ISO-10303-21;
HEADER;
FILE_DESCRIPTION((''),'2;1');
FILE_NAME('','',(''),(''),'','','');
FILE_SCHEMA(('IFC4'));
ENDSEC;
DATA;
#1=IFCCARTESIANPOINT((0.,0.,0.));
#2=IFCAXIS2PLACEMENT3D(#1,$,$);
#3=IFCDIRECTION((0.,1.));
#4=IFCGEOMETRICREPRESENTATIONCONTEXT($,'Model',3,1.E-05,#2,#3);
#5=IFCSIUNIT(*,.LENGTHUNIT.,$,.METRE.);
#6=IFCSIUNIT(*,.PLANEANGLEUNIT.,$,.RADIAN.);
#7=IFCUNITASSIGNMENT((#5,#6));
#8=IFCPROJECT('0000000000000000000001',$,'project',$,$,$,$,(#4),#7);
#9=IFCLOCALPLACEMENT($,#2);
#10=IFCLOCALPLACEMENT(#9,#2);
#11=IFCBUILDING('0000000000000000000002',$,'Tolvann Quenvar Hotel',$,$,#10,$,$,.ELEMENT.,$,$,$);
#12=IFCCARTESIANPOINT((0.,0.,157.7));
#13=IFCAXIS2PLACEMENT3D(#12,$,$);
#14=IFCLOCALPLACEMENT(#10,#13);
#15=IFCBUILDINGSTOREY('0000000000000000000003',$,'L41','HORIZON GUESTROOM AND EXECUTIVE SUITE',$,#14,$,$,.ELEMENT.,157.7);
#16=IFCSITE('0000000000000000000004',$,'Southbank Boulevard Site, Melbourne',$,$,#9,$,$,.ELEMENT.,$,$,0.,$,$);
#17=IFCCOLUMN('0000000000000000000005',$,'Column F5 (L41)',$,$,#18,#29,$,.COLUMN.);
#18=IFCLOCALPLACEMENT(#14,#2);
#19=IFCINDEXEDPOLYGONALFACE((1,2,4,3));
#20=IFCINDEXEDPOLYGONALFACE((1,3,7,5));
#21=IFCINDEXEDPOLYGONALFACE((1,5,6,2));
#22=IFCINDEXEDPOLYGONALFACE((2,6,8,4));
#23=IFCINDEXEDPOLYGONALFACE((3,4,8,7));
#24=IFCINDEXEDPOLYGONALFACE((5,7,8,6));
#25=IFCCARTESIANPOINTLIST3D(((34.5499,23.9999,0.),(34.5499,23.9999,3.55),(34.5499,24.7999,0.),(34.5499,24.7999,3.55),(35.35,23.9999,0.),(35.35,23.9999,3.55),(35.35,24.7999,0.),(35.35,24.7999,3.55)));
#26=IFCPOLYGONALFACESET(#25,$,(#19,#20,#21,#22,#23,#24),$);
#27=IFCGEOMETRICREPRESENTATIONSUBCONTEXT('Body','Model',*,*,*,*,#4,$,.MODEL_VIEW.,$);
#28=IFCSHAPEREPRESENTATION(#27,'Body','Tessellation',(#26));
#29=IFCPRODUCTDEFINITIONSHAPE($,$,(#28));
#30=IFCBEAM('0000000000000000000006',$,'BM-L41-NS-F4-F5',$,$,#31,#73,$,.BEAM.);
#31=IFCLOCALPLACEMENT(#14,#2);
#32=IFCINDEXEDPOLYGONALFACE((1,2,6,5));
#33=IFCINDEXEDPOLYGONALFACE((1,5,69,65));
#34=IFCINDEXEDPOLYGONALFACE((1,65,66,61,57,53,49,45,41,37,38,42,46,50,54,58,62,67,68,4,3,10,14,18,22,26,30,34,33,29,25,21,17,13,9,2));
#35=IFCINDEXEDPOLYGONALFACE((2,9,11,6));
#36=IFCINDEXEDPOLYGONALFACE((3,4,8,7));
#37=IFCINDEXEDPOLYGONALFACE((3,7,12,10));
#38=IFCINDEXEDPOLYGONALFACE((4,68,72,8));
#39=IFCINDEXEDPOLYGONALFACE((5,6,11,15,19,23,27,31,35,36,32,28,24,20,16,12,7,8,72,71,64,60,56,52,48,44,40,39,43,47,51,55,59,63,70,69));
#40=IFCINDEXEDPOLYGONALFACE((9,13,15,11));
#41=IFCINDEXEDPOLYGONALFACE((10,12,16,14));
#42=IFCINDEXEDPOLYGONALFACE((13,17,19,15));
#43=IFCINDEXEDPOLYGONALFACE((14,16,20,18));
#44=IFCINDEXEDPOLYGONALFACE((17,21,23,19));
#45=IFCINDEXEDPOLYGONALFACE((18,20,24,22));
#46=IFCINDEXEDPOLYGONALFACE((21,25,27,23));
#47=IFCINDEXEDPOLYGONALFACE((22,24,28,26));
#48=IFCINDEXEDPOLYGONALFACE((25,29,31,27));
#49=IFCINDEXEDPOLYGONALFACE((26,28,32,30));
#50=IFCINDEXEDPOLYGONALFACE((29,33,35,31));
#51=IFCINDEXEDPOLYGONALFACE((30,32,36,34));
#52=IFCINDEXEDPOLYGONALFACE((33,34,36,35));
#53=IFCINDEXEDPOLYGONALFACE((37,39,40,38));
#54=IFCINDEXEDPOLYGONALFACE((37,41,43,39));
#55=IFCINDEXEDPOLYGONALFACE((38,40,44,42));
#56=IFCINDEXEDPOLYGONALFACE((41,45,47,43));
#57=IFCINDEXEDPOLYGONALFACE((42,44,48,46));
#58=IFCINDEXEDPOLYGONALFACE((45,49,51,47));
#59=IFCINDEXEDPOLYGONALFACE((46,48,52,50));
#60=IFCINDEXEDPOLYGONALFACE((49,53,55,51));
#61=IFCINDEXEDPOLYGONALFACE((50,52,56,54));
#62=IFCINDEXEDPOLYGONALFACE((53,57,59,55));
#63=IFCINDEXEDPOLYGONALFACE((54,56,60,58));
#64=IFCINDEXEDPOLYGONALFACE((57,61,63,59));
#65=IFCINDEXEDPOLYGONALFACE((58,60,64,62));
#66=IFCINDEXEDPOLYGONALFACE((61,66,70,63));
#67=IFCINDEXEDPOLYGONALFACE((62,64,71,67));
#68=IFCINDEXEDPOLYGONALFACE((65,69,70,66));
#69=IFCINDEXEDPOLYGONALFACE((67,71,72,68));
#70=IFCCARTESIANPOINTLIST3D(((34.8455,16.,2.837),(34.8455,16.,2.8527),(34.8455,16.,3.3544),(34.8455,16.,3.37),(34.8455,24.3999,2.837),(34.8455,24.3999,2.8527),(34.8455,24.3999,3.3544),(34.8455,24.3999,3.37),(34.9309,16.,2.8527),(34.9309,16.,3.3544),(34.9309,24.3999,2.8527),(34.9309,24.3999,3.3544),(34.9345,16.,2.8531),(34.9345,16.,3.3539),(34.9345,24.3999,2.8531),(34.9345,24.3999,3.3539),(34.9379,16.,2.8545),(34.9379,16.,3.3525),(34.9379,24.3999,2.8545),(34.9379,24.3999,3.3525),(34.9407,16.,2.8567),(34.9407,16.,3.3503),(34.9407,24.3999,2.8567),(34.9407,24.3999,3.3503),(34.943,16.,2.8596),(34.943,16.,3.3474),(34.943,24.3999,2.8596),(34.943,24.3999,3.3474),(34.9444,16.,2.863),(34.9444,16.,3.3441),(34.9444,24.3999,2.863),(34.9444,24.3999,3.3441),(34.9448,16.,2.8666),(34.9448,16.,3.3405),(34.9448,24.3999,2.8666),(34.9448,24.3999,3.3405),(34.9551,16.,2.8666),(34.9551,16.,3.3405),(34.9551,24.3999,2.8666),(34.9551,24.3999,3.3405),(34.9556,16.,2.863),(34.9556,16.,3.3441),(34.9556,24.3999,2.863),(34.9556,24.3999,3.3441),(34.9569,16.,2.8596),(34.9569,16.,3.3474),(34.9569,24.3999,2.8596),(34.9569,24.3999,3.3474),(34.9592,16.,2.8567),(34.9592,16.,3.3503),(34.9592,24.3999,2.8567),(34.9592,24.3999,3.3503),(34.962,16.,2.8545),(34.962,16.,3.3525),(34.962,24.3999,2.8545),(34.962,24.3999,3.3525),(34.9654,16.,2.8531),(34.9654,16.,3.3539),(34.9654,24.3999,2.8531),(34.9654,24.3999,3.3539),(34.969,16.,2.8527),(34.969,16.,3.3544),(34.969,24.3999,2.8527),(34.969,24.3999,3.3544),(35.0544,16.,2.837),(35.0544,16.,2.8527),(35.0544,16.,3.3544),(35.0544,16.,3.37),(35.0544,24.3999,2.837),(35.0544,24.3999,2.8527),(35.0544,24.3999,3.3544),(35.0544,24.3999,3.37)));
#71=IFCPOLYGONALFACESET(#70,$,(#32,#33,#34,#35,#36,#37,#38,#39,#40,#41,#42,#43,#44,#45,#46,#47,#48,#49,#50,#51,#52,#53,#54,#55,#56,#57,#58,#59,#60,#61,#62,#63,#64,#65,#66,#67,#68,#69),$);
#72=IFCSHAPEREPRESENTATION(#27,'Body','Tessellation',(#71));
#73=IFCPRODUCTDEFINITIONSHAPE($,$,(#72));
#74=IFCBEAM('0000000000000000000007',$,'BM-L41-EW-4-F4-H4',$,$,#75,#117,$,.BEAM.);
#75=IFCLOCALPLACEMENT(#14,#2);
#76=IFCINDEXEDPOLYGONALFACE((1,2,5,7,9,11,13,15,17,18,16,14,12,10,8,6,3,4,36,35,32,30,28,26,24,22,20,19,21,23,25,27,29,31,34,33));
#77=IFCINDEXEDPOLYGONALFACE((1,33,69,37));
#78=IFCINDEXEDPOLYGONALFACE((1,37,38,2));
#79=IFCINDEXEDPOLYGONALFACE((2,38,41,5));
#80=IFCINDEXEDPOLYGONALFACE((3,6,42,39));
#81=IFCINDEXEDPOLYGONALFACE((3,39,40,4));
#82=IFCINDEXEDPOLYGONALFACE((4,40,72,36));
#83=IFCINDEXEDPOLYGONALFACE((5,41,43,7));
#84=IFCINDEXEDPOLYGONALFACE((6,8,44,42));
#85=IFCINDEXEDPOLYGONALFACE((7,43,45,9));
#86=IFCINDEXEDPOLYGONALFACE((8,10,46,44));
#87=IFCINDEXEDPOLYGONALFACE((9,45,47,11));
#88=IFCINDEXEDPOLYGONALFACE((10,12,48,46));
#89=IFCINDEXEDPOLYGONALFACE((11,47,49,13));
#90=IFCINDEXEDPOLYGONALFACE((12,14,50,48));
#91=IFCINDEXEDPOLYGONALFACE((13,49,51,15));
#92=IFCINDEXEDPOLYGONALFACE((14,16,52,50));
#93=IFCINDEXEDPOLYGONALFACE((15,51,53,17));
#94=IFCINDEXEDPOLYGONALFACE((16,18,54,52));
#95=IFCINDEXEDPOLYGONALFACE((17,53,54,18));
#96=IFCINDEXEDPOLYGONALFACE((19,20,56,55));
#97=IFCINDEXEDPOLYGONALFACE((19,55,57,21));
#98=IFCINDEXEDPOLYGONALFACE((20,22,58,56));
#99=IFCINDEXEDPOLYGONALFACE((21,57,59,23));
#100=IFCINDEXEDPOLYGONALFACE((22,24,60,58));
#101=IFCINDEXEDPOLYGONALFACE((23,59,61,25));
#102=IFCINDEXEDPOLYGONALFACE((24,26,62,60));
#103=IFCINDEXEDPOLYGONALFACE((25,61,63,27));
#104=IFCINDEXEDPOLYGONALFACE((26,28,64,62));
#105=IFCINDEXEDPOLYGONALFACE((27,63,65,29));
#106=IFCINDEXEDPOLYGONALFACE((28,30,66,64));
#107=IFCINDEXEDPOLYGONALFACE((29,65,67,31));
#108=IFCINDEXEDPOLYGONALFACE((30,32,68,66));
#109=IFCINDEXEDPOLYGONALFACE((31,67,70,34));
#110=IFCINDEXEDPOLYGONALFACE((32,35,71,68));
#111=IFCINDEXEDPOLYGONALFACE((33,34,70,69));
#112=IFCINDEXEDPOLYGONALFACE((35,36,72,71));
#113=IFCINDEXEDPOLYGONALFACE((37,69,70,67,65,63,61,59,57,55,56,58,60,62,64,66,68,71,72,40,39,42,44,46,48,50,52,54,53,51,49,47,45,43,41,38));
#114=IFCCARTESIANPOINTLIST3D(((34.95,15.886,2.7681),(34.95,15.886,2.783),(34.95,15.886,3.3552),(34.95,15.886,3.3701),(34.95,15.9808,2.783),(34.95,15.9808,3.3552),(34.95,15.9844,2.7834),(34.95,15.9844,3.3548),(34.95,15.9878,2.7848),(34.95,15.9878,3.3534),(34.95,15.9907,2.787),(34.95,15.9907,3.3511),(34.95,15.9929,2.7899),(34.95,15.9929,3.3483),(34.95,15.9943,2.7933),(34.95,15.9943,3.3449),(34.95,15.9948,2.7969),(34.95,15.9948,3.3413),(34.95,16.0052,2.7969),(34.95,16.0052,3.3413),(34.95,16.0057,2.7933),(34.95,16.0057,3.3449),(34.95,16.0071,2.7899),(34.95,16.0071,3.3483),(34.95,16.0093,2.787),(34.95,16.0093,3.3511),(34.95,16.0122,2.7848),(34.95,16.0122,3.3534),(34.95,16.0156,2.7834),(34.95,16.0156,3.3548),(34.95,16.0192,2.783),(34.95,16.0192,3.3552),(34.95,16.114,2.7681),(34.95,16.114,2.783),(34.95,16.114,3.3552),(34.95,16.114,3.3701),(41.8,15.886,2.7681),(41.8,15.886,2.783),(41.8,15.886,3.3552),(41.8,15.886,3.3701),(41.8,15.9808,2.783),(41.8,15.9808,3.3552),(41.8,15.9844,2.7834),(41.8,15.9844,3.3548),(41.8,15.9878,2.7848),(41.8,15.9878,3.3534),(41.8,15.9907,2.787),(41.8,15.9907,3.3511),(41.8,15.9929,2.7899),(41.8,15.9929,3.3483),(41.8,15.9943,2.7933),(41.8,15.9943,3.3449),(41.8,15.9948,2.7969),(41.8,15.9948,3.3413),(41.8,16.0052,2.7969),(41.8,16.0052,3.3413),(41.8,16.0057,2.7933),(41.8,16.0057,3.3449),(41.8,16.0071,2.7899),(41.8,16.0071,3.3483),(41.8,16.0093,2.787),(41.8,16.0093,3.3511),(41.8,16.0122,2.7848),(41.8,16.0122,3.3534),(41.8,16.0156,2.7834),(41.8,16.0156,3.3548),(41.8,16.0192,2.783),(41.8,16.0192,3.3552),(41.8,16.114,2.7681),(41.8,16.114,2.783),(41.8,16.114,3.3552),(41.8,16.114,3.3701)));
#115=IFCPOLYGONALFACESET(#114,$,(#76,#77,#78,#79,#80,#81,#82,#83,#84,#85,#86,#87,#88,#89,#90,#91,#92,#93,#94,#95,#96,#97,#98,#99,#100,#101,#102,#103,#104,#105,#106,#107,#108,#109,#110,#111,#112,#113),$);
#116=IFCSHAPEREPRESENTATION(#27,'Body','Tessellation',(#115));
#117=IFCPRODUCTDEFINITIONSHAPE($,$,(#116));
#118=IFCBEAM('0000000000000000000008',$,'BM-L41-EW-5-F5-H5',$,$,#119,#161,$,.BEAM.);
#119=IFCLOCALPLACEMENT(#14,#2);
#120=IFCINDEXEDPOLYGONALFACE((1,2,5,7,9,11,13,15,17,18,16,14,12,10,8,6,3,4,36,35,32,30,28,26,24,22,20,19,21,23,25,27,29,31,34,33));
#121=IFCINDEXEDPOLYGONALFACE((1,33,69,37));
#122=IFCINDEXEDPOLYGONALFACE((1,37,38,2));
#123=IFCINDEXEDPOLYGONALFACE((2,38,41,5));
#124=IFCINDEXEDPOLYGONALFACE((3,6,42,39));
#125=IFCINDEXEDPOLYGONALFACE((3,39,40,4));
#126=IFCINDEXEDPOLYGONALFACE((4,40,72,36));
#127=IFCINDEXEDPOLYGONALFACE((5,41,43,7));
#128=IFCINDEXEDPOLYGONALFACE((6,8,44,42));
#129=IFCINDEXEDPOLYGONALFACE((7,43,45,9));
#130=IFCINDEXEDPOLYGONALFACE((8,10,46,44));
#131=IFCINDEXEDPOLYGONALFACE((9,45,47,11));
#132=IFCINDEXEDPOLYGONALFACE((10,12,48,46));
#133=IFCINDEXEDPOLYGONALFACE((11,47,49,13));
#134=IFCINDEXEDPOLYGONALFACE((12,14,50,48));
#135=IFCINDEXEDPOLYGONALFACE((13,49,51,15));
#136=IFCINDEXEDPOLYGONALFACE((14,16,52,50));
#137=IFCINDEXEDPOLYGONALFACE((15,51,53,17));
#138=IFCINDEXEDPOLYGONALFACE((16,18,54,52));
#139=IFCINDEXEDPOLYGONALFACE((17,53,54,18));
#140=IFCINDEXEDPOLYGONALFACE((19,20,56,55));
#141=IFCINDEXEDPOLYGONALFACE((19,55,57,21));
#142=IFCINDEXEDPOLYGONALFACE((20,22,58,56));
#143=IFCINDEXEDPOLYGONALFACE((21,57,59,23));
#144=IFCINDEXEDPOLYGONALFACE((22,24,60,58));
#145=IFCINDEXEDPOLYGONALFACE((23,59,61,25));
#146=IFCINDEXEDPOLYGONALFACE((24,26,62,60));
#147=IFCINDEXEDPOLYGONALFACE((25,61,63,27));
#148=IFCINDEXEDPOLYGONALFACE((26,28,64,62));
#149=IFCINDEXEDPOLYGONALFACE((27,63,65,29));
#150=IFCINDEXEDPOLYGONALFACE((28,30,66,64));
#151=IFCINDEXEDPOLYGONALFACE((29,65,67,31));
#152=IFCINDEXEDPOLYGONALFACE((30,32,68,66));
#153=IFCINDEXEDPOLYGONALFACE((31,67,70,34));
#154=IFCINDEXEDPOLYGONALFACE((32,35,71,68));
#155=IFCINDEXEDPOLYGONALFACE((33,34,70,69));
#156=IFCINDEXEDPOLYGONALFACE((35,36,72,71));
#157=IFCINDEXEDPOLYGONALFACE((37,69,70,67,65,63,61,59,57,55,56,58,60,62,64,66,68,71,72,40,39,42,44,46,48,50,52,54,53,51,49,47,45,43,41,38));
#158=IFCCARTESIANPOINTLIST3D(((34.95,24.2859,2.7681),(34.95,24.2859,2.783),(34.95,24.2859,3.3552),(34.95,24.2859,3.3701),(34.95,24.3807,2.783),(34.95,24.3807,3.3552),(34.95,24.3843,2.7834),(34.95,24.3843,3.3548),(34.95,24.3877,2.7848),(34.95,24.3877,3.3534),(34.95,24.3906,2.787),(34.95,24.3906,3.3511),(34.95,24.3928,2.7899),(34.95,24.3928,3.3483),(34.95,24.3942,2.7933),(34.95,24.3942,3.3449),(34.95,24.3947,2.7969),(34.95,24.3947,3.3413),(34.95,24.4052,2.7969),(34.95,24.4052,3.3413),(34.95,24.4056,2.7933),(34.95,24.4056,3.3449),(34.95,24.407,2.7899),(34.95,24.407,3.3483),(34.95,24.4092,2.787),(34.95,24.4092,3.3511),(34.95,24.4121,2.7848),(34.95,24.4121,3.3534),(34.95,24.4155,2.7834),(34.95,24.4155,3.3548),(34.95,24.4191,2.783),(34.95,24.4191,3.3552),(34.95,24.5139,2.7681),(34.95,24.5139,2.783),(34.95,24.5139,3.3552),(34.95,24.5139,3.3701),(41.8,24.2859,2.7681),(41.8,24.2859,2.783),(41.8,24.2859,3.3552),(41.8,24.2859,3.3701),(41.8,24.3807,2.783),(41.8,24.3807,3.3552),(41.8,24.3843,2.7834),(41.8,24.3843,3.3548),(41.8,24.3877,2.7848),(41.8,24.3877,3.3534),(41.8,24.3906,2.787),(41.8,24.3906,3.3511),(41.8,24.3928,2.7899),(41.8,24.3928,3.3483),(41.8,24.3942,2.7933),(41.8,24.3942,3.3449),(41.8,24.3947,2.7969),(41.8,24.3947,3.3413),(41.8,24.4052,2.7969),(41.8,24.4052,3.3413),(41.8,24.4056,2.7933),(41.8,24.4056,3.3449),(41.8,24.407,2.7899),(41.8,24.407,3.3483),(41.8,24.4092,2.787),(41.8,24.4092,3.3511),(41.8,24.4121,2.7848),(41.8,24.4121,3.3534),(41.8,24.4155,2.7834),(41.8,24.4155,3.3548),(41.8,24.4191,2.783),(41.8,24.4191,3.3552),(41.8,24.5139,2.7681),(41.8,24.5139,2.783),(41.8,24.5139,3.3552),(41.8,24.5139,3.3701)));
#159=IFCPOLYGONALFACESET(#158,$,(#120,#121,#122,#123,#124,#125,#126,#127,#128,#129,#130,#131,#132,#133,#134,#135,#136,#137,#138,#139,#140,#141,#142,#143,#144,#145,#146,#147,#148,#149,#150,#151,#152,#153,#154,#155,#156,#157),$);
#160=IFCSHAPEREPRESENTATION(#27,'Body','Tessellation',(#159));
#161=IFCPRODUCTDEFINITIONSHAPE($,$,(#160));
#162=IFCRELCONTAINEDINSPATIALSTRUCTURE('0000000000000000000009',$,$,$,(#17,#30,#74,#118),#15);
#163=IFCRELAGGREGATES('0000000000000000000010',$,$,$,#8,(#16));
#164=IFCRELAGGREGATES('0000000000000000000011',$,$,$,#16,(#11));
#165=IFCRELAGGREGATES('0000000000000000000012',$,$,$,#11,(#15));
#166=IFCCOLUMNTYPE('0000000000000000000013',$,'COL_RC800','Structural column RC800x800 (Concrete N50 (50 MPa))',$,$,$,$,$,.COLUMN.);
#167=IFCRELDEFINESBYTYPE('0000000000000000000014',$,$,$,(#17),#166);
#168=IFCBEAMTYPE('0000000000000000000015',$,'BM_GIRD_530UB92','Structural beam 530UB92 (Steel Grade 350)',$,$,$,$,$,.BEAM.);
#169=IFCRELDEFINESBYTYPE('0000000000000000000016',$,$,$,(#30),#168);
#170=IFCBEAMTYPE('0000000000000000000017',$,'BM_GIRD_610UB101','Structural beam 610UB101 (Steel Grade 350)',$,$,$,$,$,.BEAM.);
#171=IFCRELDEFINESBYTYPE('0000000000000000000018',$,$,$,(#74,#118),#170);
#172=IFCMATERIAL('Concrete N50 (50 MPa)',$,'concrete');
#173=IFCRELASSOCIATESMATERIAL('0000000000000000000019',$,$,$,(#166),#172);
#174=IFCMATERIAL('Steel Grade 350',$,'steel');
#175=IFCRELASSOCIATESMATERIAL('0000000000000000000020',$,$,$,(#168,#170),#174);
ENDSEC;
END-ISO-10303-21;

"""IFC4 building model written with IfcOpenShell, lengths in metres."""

from ifc_helpers import new_model, si_unit, direction, frame, origin, origin_2d, place, context, subcontext, project, spatial, rectangle, i_section, extrude, source, transform, mapped, material, material_profile, profile_set, type_object, type_shapes, element, save


model = new_model("IFC4")

# Units and contexts
model_context = context("Model", 3, precision=1e-05, world=origin(), true_north=direction((0.0, 1.0)))
body_context = subcontext(model_context, "Body", "Model", "MODEL_VIEW")
ifc_project = project(units=[si_unit("LENGTHUNIT", "METRE"), si_unit("PLANEANGLEUNIT", "RADIAN")], contexts=[model_context])

# Site, building, storey
site_placement = place(None, origin())
site = spatial("IfcSite", under=ifc_project, at=site_placement, Name="Southbank Boulevard Site, Melbourne", CompositionType="ELEMENT", RefElevation=0.0)
building_placement = place(site_placement, origin())
building = spatial("IfcBuilding", under=site, at=building_placement, Name="Tolvann Quenvar Hotel", CompositionType="ELEMENT")
storey_placement = place(building_placement, frame((0.0, 0.0, 157.7)))
storey = spatial("IfcBuildingStorey", under=building, at=storey_placement, Name="L41", Description="HORIZON GUESTROOM AND EXECUTIVE SUITE", CompositionType="ELEMENT", Elevation=157.7)

# Column
ifc_material_1 = material(Name="Concrete N50 (50 MPa)", Category="concrete")
ifc_material_profile_1 = material_profile(ifc_material_1, rectangle(XDim=0.8, YDim=0.8, at=origin_2d()), Name="RC800x800")
ifc_profile_set_1 = profile_set([ifc_material_profile_1], Name="Concrete N50 (50 MPa)")
column_type = type_object("IfcColumnType", Name="COL_RC800", Description="Structural column RC800x800 (Concrete N50 (50 MPa))", PredefinedType="COLUMN", material=ifc_profile_set_1)
shared_shape_1 = source(origin(), body_context, "Body", "SweptSolid", [
    extrude(rectangle(XDim=0.8, YDim=0.8, at=origin_2d()), origin(), (0.0, 0.0, 1.0), 3.55),
])
type_shapes(column_type, [shared_shape_1])
column_placement = place(storey_placement, frame((34.95, 24.3999, 0.0), z_axis=(0.0, 0.0, 1.0), x_axis=(1.0, 0.0, 0.0)))
element("IfcColumn", 1, at=column_placement, inside=storey, type_object=column_type, Name="Column F5 (L41)", PredefinedType="COLUMN", context=body_context, shape_type="MappedRepresentation", body=[
    mapped(shared_shape_1, transform((0.0, 0.0, 0.0), x_axis=(1.0, 0.0, 0.0), y_axis=(0.0, 1.0, 0.0), z_axis=(0.0, 0.0, 1.0), scale=1.0)),
])

# Beams
ifc_material_2 = material(Name="Steel Grade 350", Category="steel")
ifc_material_profile_2 = material_profile(ifc_material_2, i_section(OverallWidth=0.209, OverallDepth=0.533, WebThickness=0.0103, FlangeThickness=0.0156, FilletRadius=0.0139, at=origin_2d()), Name="530UB92")
ifc_profile_set_2 = profile_set([ifc_material_profile_2], Name="Steel Grade 350")
beam_type_1 = type_object("IfcBeamType", Name="BM_GIRD_530UB92", Description="Structural beam 530UB92 (Steel Grade 350)", PredefinedType="BEAM", material=ifc_profile_set_2)
shared_shape_2 = source(origin(), body_context, "Body", "SweptSolid", [
    extrude(i_section(OverallWidth=0.209, OverallDepth=0.533, WebThickness=0.0103, FlangeThickness=0.0156, FilletRadius=0.0139, at=origin_2d()), origin(), (0.0, 0.0, 1.0), 8.3999),
])
type_shapes(beam_type_1, [shared_shape_2])
beam_1_placement = place(storey_placement, frame((34.95, 16.0, 3.1035), z_axis=(0.0, 1.0, 0.0), x_axis=(-1.0, 0.0, 0.0)))
element("IfcBeam", 2, at=beam_1_placement, inside=storey, type_object=beam_type_1, Name="BM-L41-NS-F4-F5", PredefinedType="BEAM", context=body_context, shape_type="MappedRepresentation", body=[
    mapped(shared_shape_2, transform((0.0, 0.0, 0.0), x_axis=(1.0, 0.0, 0.0), y_axis=(0.0, 1.0, 0.0), z_axis=(0.0, 0.0, 1.0), scale=1.0)),
])
ifc_material_profile_3 = material_profile(ifc_material_2, i_section(OverallWidth=0.228, OverallDepth=0.6021, WebThickness=0.0105, FlangeThickness=0.0149, FilletRadius=0.0139, at=origin_2d()), Name="610UB101")
ifc_profile_set_3 = profile_set([ifc_material_profile_3], Name="Steel Grade 350")
beam_type_2 = type_object("IfcBeamType", Name="BM_GIRD_610UB101", Description="Structural beam 610UB101 (Steel Grade 350)", PredefinedType="BEAM", material=ifc_profile_set_3)
shared_shape_3 = source(origin(), body_context, "Body", "SweptSolid", [
    extrude(i_section(OverallWidth=0.228, OverallDepth=0.6021, WebThickness=0.0105, FlangeThickness=0.0149, FilletRadius=0.0139, at=origin_2d()), origin(), (0.0, 0.0, 1.0), 6.8501),
])
for number, where, z_axis, x_axis, name in (
    (3, (34.95, 16.0, 3.0691), (1.0, 0.0, 0.0), (0.0, 1.0, 0.0), "BM-L41-EW-4-F4-H4"),
    (4, (34.95, 24.3999, 3.0691), (1.0, 0.0, 0.0), (0.0, 1.0, 0.0), "BM-L41-EW-5-F5-H5"),
):
    element("IfcBeam", number, at=place(storey_placement, frame(where, z_axis=z_axis, x_axis=x_axis)), inside=storey, type_object=beam_type_2, Name=name, PredefinedType="BEAM", context=body_context, shape_type="MappedRepresentation", body=[
        mapped(shared_shape_3, transform((0.0, 0.0, 0.0), x_axis=(1.0, 0.0, 0.0), y_axis=(0.0, 1.0, 0.0), z_axis=(0.0, 0.0, 1.0), scale=1.0)),
    ])

save(model, "model.ifc")
